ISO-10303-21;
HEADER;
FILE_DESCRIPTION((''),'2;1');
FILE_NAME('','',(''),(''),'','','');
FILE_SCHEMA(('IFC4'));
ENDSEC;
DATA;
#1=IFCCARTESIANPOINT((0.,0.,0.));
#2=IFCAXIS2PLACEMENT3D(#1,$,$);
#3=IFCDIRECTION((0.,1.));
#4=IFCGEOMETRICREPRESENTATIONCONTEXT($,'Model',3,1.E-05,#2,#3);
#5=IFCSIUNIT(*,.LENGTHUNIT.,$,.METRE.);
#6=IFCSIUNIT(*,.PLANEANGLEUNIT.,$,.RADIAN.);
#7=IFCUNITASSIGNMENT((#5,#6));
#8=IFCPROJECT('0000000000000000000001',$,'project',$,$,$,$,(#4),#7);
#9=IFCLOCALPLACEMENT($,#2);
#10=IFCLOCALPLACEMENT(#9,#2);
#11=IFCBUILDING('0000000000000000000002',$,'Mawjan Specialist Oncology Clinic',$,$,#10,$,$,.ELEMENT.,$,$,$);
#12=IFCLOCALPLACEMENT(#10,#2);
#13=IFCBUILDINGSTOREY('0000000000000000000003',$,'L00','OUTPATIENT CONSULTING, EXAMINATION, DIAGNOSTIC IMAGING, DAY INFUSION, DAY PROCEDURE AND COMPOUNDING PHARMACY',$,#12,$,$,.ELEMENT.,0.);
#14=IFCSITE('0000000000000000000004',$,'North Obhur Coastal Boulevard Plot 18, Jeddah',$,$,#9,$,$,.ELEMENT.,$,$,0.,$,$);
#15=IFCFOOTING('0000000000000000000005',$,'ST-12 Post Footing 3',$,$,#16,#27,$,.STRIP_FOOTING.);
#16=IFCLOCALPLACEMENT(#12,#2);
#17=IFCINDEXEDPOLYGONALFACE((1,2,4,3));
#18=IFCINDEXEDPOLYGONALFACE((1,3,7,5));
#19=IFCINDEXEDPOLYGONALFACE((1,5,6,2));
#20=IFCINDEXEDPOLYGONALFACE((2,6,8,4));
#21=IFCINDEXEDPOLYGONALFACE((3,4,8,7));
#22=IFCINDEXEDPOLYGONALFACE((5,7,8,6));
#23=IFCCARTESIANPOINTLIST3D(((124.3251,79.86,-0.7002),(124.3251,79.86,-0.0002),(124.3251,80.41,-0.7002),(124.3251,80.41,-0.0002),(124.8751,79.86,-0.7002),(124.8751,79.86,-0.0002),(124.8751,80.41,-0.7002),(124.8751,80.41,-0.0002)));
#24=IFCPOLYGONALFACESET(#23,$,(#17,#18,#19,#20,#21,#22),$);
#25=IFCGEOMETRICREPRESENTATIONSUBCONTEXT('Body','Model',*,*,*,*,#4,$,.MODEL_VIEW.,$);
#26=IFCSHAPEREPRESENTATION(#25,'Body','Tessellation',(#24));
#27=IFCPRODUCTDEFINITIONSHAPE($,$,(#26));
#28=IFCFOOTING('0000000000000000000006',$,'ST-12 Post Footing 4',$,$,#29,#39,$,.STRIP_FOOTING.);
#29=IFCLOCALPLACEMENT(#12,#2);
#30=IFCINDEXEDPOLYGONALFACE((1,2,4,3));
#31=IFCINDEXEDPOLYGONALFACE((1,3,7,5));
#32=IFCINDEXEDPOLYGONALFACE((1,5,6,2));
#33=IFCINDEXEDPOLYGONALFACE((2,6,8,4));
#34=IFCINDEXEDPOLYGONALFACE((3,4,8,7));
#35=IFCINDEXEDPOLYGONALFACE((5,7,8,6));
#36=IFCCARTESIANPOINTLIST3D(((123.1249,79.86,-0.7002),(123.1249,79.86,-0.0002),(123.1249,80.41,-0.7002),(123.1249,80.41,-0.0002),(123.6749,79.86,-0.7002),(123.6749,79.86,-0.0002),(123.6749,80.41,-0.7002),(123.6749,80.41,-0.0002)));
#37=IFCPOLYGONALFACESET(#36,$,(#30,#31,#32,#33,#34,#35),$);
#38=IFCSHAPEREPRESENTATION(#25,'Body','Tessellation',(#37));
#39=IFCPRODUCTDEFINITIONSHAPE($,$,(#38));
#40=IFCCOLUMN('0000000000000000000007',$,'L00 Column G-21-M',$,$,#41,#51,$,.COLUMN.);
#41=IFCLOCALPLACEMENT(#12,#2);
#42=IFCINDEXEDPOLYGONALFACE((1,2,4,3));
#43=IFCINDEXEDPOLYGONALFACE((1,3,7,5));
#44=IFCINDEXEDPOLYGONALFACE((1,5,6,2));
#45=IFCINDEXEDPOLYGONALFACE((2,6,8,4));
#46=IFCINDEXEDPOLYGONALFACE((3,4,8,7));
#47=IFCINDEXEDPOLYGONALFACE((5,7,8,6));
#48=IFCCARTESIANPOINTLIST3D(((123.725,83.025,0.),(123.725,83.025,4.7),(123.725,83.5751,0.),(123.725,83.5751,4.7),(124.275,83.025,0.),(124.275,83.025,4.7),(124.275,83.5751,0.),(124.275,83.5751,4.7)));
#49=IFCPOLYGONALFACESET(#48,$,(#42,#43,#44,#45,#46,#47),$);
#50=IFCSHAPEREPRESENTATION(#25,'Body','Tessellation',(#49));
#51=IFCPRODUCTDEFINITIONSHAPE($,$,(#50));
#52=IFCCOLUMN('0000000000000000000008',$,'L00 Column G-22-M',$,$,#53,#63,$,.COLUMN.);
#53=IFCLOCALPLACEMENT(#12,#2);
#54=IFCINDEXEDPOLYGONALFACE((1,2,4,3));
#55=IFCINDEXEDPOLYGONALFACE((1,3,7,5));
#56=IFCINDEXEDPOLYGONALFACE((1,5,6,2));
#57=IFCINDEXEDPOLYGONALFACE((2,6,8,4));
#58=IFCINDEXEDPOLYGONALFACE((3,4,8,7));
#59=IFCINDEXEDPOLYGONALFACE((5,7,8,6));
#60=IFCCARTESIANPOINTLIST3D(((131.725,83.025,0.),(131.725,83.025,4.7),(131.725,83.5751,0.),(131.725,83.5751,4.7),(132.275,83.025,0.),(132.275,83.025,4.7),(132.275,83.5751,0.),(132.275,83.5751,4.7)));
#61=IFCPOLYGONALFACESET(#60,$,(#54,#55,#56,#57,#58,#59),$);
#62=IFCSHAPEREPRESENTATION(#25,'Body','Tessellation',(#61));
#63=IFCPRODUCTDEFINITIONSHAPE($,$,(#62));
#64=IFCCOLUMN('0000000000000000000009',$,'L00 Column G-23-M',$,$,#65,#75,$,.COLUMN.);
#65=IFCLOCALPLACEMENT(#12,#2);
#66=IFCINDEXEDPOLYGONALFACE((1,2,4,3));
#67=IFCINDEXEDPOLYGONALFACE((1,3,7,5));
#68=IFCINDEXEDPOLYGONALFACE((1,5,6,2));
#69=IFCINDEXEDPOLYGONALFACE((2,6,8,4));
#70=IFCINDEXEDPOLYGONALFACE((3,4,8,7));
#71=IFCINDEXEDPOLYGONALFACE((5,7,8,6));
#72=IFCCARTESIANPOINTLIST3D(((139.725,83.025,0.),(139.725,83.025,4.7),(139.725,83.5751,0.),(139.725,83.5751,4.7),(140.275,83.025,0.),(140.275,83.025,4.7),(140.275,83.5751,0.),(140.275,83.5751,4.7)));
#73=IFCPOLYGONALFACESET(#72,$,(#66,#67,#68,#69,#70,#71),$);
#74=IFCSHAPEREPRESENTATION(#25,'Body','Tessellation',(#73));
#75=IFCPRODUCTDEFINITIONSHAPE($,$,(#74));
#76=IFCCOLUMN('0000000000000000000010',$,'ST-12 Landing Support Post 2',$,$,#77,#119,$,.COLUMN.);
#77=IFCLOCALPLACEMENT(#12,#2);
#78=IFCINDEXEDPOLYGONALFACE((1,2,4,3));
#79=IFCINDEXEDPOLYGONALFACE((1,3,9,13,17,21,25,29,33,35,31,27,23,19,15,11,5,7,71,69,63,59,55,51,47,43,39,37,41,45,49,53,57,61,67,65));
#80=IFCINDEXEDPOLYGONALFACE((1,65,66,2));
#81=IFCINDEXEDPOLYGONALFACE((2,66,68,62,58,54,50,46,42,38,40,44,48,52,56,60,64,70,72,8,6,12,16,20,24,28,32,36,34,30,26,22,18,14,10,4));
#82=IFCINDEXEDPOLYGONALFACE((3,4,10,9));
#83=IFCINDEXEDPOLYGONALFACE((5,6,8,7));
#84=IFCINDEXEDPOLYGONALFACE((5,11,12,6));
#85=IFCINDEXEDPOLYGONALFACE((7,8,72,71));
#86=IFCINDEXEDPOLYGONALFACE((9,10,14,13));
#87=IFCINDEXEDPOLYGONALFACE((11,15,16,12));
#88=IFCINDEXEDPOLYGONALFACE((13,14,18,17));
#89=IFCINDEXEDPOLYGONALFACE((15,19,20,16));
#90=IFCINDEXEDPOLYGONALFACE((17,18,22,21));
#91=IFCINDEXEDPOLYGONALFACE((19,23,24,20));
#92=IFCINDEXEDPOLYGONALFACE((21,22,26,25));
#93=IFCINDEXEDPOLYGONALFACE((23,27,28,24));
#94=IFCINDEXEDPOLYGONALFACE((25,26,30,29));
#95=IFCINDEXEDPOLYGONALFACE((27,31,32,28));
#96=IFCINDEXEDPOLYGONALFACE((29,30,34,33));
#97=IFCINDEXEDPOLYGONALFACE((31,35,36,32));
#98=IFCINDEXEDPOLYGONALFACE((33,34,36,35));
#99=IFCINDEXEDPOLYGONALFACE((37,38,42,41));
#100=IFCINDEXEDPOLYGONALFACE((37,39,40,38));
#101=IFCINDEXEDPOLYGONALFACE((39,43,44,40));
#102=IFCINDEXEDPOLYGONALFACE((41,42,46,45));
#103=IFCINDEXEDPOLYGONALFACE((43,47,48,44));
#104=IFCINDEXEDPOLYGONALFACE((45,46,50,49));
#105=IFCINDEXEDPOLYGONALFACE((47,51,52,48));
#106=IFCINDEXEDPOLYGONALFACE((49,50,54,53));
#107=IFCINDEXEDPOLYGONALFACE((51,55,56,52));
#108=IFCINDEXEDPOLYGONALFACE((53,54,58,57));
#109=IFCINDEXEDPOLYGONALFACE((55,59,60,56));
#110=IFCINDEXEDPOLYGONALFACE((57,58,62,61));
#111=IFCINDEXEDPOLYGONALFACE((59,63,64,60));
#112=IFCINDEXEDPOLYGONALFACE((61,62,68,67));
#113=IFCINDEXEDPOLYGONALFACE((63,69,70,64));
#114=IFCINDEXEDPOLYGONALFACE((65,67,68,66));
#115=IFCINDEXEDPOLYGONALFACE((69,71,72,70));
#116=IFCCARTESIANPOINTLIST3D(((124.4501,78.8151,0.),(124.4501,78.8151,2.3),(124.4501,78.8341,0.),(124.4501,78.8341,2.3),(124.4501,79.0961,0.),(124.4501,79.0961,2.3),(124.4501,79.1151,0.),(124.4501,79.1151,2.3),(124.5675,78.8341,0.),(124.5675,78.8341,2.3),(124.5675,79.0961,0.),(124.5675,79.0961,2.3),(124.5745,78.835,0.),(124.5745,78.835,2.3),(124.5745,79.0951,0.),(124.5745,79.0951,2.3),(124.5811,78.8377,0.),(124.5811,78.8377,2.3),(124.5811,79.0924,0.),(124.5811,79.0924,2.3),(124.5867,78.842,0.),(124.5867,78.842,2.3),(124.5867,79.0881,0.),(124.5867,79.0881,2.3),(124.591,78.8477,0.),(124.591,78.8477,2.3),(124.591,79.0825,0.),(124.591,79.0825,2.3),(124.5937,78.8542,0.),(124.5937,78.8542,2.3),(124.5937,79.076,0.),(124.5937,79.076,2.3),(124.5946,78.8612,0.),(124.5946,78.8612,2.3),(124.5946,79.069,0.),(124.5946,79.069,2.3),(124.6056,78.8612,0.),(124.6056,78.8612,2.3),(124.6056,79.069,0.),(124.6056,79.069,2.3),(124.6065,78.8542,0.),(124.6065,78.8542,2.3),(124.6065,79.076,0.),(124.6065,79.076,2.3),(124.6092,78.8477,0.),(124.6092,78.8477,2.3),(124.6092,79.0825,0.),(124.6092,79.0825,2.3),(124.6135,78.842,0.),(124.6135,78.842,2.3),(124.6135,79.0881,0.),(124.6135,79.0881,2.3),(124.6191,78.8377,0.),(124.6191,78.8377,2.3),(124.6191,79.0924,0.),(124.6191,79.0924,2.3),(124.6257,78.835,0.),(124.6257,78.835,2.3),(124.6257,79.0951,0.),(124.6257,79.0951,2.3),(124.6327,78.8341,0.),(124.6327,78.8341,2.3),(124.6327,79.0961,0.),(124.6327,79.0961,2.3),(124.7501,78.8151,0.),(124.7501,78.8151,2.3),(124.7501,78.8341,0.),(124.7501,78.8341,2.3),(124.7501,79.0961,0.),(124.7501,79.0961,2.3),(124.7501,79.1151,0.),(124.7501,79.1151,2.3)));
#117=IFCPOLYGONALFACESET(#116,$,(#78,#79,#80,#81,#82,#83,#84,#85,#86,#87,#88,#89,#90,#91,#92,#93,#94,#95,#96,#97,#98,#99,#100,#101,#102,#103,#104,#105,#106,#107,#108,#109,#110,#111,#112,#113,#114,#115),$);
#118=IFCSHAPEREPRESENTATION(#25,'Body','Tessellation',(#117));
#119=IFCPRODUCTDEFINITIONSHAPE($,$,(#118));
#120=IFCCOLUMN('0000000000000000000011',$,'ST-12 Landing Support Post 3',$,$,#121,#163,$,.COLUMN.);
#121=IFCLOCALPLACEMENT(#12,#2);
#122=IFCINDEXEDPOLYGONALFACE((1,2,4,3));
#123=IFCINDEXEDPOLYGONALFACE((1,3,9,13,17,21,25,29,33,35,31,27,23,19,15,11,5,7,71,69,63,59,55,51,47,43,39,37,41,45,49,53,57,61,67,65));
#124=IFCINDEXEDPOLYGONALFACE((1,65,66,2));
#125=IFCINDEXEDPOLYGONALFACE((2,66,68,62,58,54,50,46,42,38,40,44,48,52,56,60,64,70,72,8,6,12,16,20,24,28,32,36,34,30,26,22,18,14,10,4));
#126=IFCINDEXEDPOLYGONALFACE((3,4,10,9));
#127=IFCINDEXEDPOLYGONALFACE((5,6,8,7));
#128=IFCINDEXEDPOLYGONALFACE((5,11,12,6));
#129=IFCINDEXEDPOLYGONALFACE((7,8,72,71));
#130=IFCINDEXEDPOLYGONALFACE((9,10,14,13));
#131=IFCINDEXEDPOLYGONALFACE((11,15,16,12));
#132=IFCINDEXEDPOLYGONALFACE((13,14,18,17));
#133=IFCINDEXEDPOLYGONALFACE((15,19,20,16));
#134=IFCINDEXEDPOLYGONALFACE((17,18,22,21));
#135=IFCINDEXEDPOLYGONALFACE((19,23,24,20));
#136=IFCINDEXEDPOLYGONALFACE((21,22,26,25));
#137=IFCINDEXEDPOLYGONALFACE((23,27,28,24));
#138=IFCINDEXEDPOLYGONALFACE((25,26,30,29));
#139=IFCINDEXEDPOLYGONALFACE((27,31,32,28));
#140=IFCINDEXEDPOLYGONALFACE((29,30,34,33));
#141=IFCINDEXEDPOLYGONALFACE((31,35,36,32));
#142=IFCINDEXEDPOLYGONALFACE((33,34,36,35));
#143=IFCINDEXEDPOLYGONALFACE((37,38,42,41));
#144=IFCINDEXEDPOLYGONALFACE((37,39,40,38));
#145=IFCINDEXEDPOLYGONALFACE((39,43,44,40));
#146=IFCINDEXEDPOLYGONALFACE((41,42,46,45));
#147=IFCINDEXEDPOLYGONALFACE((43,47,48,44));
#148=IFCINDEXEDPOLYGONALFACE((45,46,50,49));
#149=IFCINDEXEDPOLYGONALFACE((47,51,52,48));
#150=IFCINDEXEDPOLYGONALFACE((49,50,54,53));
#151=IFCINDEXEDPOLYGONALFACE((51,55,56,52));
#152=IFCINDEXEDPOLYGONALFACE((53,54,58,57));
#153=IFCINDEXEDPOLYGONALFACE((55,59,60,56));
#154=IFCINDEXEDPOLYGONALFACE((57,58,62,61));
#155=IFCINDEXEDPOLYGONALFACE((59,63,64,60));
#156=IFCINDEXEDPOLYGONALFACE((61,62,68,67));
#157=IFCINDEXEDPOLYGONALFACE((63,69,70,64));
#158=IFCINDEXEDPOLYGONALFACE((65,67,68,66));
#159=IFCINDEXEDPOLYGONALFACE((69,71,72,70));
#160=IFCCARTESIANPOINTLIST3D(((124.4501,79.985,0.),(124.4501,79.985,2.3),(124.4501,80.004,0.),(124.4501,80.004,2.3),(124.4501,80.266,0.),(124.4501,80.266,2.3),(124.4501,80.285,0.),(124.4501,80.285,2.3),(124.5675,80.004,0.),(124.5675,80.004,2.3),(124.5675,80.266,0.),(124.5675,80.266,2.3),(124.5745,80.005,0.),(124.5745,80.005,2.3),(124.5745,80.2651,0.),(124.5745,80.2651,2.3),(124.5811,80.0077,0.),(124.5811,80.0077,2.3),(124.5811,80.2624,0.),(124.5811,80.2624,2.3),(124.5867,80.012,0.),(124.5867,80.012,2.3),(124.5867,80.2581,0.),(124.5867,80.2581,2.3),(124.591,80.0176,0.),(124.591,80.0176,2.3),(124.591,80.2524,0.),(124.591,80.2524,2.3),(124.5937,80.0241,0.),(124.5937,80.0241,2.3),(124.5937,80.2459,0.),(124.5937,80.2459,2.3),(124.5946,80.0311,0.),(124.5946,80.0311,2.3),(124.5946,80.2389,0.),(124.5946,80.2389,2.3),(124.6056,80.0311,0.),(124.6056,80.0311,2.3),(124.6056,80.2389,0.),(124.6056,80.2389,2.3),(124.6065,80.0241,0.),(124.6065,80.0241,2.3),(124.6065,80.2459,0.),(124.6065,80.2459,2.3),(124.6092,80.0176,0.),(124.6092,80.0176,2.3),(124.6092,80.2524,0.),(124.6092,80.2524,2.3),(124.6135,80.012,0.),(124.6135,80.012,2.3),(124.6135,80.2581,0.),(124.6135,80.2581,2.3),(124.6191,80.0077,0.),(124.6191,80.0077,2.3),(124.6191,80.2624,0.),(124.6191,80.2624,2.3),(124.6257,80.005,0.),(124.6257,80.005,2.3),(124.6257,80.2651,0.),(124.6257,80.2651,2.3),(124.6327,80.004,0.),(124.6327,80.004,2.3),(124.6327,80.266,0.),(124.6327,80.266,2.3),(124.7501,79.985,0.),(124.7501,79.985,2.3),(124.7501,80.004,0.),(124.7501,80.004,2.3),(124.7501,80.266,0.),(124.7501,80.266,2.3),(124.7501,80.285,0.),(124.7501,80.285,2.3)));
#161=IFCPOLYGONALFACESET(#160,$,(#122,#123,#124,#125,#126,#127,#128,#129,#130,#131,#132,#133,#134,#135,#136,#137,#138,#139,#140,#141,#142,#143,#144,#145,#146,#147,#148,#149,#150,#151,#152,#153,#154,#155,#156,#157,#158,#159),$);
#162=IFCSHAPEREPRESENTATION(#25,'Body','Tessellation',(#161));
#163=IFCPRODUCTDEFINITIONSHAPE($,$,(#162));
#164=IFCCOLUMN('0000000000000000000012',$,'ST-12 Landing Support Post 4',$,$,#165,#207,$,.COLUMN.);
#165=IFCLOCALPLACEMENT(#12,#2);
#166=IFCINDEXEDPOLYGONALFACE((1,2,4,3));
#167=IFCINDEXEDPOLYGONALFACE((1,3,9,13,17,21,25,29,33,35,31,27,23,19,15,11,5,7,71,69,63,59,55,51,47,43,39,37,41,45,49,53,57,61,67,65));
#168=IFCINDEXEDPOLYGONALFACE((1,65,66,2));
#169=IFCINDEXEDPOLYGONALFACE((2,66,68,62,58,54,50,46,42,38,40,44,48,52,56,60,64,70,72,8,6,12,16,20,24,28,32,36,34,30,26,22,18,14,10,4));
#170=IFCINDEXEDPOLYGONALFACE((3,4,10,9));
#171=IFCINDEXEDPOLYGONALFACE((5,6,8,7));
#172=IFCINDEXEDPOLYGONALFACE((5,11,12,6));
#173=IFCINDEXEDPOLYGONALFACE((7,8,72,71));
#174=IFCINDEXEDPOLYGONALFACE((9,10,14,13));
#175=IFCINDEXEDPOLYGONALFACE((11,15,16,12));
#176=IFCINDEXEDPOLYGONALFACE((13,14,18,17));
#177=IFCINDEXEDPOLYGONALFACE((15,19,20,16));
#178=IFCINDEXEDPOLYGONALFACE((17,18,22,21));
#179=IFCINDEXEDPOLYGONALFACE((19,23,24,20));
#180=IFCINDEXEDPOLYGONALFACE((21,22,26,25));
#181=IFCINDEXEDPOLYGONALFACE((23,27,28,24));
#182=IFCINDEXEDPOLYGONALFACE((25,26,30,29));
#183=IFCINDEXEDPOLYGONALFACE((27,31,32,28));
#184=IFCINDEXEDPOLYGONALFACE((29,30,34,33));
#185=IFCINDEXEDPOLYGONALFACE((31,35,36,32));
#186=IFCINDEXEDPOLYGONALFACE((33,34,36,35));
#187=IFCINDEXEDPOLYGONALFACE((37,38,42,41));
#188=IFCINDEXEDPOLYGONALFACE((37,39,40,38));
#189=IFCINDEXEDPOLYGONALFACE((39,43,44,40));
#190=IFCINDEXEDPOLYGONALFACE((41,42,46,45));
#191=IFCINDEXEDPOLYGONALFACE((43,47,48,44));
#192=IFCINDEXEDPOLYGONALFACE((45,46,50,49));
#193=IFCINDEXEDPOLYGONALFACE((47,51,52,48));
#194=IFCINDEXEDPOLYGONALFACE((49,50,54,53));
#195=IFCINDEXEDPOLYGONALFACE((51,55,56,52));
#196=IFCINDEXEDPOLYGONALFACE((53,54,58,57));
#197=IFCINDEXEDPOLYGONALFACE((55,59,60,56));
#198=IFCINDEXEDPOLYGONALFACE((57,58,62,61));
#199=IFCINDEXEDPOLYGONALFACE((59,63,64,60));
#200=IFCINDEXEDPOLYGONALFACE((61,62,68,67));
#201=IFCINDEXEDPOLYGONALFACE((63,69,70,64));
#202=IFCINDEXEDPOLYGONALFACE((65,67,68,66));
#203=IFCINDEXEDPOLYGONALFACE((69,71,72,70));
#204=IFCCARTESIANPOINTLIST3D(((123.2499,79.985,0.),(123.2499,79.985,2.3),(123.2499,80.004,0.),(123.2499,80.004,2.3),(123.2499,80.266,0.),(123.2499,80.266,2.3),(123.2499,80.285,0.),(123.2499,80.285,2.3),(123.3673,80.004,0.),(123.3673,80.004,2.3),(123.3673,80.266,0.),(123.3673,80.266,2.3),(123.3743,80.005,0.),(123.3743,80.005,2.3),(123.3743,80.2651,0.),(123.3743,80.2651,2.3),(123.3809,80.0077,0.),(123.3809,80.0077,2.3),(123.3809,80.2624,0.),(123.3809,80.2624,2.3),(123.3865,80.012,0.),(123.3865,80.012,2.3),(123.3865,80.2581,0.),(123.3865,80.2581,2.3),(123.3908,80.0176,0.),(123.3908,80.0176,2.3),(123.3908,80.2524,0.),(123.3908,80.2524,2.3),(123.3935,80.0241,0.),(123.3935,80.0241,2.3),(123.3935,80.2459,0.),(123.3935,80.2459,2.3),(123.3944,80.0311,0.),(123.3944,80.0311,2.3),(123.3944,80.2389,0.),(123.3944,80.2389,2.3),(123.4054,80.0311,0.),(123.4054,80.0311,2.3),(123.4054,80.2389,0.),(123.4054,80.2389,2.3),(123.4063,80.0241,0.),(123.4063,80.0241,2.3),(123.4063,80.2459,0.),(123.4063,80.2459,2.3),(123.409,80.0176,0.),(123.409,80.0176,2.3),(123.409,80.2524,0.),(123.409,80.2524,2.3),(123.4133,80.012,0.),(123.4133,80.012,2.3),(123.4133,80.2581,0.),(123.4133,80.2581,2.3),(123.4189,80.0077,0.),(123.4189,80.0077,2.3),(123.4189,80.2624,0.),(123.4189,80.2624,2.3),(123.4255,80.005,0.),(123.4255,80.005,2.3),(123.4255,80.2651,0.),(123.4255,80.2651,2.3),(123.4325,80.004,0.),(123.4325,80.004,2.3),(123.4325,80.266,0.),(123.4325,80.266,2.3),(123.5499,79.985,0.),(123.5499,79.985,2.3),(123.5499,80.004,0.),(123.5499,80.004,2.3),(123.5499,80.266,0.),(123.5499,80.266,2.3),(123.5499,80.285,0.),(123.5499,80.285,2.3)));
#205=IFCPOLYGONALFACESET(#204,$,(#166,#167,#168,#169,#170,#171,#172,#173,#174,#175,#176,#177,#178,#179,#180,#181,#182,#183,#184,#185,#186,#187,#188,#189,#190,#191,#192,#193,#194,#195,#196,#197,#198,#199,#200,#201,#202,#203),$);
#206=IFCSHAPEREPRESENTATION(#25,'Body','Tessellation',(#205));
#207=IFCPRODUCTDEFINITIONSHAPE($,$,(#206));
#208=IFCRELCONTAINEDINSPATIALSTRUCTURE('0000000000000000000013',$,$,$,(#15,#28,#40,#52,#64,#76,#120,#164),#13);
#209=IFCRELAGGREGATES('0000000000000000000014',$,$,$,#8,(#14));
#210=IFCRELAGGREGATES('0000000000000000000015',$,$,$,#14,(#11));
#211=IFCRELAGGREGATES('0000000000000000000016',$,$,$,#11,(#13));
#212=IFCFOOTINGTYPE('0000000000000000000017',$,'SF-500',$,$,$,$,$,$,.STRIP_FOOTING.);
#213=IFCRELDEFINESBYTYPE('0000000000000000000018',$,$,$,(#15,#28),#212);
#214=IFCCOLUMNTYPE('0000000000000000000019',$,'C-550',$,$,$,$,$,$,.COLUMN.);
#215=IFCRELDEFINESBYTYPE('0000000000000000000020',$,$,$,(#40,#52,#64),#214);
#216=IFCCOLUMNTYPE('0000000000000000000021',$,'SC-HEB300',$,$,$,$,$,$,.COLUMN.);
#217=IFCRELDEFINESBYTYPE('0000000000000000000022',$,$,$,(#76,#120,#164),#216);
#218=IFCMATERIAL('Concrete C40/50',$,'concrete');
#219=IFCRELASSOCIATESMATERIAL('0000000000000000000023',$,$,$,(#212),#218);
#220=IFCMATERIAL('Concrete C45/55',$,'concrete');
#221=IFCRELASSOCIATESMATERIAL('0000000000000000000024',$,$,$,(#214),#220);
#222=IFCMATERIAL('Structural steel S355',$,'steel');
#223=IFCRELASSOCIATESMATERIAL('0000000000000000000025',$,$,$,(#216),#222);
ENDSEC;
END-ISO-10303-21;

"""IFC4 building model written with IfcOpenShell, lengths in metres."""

from ifc_helpers import new_model, si_unit, direction, frame, origin, origin_2d, place, context, subcontext, project, spatial, rectangle, i_section, extrude, material, material_profile, profile_set, type_object, element, save


model = new_model("IFC4")

# Units and contexts
model_context = context("Model", 3, precision=1e-05, world=origin(), true_north=direction((0.0, 1.0)))
body_context = subcontext(model_context, "Body", "Model", "MODEL_VIEW")
ifc_project = project(units=[si_unit("LENGTHUNIT", "METRE"), si_unit("PLANEANGLEUNIT", "RADIAN")], contexts=[model_context])

# Site, building, storey
site_placement = place(None, origin())
site = spatial("IfcSite", under=ifc_project, at=site_placement, Name="North Obhur Coastal Boulevard Plot 18, Jeddah", CompositionType="ELEMENT", RefElevation=0.0)
building_placement = place(site_placement, origin())
building = spatial("IfcBuilding", under=site, at=building_placement, Name="Mawjan Specialist Oncology Clinic", CompositionType="ELEMENT")
storey_placement = place(building_placement, origin())
storey = spatial("IfcBuildingStorey", under=building, at=storey_placement, Name="L00", Description="OUTPATIENT CONSULTING, EXAMINATION, DIAGNOSTIC IMAGING, DAY INFUSION, DAY PROCEDURE AND COMPOUNDING PHARMACY", CompositionType="ELEMENT", Elevation=0.0)

# Footings
ifc_material_1 = material(Name="Concrete C40/50", Category="concrete")
footing_type = type_object("IfcFootingType", Name="SF-500", PredefinedType="STRIP_FOOTING", material=ifc_material_1)
for number, where, z_axis, x_axis, name in (
    (1, (124.6001, 80.135, -0.7002), (0.0, 0.0, 1.0), (1.0, 0.0, 0.0), "ST-12 Post Footing 3"),
    (2, (123.3999, 80.135, -0.7002), (0.0, 0.0, 1.0), (1.0, 0.0, 0.0), "ST-12 Post Footing 4"),
):
    element("IfcFooting", number, at=place(storey_placement, frame(where, z_axis=z_axis, x_axis=x_axis)), inside=storey, type_object=footing_type, Name=name, PredefinedType="STRIP_FOOTING", context=body_context, shape_type="SweptSolid", body=[
        extrude(rectangle(XDim=0.55, YDim=0.55, at=origin_2d()), origin(), (0.0, 0.0, 1.0), 0.7),
    ])

# Columns
ifc_material_2 = material(Name="Concrete C45/55", Category="concrete")
ifc_material_profile_1 = material_profile(ifc_material_2, rectangle(XDim=0.55, YDim=0.55, at=origin_2d()), Name="RC COL 550x550", Category="concrete")
ifc_profile_set_1 = profile_set([ifc_material_profile_1], Name="Concrete C45/55")
column_type_1 = type_object("IfcColumnType", Name="C-550", PredefinedType="COLUMN", material=ifc_profile_set_1)
for number, where, z_axis, x_axis, name in (
    (3, (124.0, 83.3, 0.0), (0.0, 0.0, 1.0), (1.0, 0.0, 0.0), "L00 Column G-21-M"),
    (4, (132.0, 83.3, 0.0), (0.0, 0.0, 1.0), (1.0, 0.0, 0.0), "L00 Column G-22-M"),
    (5, (140.0, 83.3, 0.0), (0.0, 0.0, 1.0), (1.0, 0.0, 0.0), "L00 Column G-23-M"),
):
    element("IfcColumn", number, at=place(storey_placement, frame(where, z_axis=z_axis, x_axis=x_axis)), inside=storey, type_object=column_type_1, Name=name, PredefinedType="COLUMN", context=body_context, shape_type="SweptSolid", body=[
        extrude(rectangle(XDim=0.55, YDim=0.55, at=origin_2d()), origin(), (0.0, 0.0, 1.0), 4.7),
    ])
ifc_material_3 = material(Name="Structural steel S355", Category="steel")
ifc_material_profile_2 = material_profile(ifc_material_3, i_section(OverallWidth=0.3, OverallDepth=0.3, WebThickness=0.011, FlangeThickness=0.019, FilletRadius=0.0271, at=origin_2d()), Name="HEB 300", Category="steel")
ifc_profile_set_2 = profile_set([ifc_material_profile_2], Name="Structural steel S355")
column_type_2 = type_object("IfcColumnType", Name="SC-HEB300", PredefinedType="COLUMN", material=ifc_profile_set_2)
for number, where, z_axis, x_axis, name in (
    (6, (124.6001, 78.9651, 0.0), (0.0, 0.0, 1.0), (1.0, 0.0, 0.0), "ST-12 Landing Support Post 2"),
    (7, (124.6001, 80.135, 0.0), (0.0, 0.0, 1.0), (1.0, 0.0, 0.0), "ST-12 Landing Support Post 3"),
    (8, (123.3999, 80.135, 0.0), (0.0, 0.0, 1.0), (1.0, 0.0, 0.0), "ST-12 Landing Support Post 4"),
):
    element("IfcColumn", number, at=place(storey_placement, frame(where, z_axis=z_axis, x_axis=x_axis)), inside=storey, type_object=column_type_2, Name=name, PredefinedType="COLUMN", context=body_context, shape_type="SweptSolid", body=[
        extrude(i_section(OverallWidth=0.3, OverallDepth=0.3, WebThickness=0.011, FlangeThickness=0.019, FilletRadius=0.0271, at=origin_2d()), origin(), (0.0, 0.0, 1.0), 2.3),
    ])

save(model, "model.ifc")
